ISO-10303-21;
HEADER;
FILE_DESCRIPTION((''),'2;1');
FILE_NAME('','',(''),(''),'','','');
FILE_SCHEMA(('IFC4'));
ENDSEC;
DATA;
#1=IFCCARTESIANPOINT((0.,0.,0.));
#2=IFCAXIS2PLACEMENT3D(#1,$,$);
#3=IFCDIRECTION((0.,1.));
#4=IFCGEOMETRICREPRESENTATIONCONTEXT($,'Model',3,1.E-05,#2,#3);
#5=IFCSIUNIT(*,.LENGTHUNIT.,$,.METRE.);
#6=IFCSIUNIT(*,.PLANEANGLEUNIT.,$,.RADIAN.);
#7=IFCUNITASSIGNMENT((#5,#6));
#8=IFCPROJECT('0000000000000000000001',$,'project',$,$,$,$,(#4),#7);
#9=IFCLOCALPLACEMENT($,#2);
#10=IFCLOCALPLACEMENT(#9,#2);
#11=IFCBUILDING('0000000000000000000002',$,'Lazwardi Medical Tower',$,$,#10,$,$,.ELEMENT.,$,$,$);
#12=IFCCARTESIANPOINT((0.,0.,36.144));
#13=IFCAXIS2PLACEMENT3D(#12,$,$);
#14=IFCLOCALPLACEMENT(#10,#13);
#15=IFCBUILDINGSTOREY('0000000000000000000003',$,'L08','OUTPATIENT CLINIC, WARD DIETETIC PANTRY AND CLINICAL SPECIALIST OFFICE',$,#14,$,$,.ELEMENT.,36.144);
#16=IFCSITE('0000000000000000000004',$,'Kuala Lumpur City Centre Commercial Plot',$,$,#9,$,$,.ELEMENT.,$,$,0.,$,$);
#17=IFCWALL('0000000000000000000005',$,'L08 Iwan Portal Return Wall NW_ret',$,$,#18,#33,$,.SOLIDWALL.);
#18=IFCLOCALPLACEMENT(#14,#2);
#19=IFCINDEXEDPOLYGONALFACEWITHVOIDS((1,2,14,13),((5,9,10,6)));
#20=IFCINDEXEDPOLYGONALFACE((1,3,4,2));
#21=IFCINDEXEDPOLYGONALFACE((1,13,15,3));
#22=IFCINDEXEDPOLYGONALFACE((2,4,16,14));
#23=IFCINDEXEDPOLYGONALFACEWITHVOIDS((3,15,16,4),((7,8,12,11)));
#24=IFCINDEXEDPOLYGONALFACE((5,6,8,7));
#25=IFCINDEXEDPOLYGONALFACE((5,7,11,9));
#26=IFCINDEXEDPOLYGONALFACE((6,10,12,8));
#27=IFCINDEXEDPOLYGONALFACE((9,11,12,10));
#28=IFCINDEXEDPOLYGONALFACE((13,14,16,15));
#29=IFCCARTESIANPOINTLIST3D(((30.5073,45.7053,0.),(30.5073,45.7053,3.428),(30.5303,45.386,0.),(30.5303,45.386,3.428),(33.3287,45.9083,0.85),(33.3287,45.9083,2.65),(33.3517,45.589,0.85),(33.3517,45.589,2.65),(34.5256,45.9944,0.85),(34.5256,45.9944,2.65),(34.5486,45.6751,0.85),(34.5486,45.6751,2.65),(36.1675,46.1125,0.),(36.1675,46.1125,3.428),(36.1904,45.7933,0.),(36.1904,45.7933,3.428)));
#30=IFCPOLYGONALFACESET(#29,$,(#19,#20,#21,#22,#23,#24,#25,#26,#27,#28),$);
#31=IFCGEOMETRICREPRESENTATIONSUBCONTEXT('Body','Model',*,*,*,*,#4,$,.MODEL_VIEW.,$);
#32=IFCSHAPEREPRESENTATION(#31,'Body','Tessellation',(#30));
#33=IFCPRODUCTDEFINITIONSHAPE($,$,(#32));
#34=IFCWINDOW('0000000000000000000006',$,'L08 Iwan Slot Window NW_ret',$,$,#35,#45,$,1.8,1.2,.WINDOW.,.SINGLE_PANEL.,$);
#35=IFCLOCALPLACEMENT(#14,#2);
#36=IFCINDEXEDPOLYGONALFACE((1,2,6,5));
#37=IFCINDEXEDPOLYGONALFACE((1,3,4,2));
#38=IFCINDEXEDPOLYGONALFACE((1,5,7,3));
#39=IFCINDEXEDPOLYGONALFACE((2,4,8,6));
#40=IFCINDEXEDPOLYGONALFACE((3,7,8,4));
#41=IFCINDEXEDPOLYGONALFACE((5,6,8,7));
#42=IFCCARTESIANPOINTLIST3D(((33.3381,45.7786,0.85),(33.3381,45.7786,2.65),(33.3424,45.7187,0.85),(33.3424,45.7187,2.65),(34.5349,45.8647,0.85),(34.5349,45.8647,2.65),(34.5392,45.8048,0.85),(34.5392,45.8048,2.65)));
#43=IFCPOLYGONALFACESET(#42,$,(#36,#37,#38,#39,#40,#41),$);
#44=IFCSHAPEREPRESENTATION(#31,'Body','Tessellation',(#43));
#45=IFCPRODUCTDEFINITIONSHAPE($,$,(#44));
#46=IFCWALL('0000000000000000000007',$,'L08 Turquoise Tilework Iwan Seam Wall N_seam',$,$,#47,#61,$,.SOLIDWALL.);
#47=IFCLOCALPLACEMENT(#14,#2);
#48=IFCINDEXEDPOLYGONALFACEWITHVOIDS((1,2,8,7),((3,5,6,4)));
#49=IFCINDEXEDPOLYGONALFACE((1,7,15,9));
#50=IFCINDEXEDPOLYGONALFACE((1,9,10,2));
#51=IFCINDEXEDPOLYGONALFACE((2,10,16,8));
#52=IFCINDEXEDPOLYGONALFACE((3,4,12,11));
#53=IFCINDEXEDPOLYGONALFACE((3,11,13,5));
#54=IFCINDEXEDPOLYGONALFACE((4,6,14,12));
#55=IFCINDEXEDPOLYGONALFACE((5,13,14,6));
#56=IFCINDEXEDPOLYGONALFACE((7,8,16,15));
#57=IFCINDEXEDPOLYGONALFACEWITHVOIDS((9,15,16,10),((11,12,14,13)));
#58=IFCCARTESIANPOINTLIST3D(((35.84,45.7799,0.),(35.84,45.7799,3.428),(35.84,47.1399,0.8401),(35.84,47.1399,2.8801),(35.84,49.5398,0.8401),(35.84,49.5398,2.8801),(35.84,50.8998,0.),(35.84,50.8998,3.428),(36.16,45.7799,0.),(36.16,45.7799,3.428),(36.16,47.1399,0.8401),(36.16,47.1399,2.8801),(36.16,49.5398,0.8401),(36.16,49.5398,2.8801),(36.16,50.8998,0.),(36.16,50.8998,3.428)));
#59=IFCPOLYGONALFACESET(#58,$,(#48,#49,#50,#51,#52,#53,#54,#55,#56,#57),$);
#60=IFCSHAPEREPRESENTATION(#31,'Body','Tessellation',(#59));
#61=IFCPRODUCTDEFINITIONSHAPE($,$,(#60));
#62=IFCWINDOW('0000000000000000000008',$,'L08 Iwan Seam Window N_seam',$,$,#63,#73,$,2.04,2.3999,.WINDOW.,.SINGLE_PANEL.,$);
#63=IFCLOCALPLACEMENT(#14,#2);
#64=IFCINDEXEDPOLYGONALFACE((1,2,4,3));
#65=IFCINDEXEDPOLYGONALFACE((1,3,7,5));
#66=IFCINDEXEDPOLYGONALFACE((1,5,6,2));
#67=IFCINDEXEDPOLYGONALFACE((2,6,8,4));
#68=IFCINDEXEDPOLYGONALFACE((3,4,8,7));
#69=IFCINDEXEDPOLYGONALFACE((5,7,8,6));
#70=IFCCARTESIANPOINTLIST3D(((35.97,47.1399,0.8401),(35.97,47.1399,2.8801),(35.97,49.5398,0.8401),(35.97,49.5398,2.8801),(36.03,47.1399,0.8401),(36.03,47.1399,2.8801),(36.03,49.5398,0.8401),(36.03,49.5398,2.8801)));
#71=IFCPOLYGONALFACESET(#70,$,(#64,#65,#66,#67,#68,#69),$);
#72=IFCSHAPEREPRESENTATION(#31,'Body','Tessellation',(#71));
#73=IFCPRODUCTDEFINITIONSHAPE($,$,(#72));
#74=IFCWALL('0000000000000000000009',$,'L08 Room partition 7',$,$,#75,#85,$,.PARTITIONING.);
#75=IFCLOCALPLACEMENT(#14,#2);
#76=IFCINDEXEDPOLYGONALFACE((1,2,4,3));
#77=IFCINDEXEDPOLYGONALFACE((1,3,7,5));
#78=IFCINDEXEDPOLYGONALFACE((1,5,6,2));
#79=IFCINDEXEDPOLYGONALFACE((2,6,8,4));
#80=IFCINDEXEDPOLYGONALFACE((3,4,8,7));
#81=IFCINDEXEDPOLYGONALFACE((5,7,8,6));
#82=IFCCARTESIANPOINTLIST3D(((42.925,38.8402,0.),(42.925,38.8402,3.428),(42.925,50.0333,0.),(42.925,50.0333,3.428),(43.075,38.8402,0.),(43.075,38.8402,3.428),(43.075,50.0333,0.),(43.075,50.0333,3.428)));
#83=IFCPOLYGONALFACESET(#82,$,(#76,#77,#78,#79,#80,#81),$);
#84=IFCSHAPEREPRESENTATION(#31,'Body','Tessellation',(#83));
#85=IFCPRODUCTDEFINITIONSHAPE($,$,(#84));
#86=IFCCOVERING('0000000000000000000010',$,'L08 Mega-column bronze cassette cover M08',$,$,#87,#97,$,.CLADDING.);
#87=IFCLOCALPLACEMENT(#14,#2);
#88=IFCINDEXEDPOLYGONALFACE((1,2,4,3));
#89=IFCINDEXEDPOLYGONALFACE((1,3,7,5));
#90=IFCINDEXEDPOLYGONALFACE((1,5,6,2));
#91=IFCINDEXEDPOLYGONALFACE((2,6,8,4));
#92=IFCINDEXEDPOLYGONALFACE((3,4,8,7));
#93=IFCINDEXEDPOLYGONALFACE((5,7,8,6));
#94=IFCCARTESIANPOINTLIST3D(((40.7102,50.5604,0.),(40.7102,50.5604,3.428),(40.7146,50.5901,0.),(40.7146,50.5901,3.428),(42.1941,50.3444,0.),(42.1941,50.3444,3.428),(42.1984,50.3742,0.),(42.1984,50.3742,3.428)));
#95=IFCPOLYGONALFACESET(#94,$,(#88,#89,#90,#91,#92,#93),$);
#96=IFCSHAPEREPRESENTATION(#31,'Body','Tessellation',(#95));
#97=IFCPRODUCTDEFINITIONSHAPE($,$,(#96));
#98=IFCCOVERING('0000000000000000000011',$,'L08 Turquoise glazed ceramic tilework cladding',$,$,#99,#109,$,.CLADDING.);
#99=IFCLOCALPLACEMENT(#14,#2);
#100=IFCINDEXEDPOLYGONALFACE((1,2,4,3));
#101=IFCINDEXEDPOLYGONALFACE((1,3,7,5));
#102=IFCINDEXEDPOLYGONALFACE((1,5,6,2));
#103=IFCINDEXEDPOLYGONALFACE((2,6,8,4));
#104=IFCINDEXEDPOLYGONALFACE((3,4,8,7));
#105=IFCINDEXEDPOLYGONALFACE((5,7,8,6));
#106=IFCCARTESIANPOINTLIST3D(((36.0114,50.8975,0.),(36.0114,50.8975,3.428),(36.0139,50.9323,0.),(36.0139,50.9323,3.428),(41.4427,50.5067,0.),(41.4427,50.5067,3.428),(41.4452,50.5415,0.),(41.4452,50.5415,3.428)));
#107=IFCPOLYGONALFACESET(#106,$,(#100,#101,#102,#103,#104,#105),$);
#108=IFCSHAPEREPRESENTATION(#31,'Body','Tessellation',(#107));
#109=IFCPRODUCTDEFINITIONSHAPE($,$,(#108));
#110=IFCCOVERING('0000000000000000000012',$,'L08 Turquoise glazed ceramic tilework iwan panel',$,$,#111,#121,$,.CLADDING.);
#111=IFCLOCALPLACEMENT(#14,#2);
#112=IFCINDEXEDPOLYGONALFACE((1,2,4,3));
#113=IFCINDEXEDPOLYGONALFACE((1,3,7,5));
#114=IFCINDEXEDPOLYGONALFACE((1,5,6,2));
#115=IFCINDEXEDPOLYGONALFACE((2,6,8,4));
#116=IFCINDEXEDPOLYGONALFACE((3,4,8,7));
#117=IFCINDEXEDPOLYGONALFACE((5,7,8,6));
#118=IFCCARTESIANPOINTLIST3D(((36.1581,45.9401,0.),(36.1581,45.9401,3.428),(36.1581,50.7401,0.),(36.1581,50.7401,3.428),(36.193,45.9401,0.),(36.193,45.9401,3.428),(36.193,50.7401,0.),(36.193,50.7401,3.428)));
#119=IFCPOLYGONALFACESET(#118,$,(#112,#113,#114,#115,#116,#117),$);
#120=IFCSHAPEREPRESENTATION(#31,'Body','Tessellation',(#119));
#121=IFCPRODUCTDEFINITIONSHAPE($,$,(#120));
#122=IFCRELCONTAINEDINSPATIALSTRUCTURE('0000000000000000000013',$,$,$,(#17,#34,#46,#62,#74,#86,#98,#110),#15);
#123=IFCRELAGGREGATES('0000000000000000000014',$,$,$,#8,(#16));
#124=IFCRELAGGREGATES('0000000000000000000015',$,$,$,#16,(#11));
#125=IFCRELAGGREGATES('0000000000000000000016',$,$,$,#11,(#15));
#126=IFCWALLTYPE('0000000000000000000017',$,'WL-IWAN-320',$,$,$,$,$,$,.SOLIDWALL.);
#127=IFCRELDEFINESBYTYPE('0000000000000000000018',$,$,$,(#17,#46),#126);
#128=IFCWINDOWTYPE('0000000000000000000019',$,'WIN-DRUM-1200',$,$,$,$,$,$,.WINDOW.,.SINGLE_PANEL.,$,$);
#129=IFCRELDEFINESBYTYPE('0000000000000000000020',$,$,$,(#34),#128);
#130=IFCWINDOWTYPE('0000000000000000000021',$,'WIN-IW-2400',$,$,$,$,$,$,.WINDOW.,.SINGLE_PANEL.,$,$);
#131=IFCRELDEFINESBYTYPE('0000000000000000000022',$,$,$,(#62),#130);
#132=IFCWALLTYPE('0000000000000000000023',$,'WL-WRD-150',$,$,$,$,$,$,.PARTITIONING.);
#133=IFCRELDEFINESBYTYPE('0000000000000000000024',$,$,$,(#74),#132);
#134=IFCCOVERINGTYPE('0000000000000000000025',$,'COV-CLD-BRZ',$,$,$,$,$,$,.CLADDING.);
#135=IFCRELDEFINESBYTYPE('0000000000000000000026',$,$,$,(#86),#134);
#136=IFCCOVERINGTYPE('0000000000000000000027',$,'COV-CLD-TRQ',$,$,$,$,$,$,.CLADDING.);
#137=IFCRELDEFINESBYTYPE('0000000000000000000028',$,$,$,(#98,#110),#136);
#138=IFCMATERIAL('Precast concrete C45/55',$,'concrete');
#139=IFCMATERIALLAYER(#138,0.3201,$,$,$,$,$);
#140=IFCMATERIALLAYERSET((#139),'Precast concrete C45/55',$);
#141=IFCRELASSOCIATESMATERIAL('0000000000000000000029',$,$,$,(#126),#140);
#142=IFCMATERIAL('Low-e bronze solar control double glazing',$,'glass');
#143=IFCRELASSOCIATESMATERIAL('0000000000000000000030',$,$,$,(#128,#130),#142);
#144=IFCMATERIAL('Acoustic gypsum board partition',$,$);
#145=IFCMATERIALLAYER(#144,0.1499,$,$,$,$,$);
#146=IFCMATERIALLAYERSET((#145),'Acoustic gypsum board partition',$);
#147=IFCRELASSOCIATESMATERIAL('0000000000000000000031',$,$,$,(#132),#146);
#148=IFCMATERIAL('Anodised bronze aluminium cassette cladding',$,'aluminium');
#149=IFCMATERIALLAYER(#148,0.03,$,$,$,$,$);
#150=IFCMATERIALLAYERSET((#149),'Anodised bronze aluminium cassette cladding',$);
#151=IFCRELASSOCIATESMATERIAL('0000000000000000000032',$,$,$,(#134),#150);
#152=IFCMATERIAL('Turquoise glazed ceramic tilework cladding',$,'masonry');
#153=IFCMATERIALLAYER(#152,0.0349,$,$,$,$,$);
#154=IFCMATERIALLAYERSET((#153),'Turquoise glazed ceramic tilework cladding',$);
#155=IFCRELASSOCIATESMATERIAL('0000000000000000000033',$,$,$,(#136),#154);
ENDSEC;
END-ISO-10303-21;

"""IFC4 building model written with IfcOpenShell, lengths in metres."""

from ifc_helpers import new_model, si_unit, direction, frame, frame_2d, origin, origin_2d, place, context, subcontext, project, spatial, rectangle, extrude, material, layer, layer_set, type_object, element, fill, save


model = new_model("IFC4")

# Units and contexts
model_context = context("Model", 3, precision=1e-05, world=origin(), true_north=direction((0.0, 1.0)))
body_context = subcontext(model_context, "Body", "Model", "MODEL_VIEW")
ifc_project = project(units=[si_unit("LENGTHUNIT", "METRE"), si_unit("PLANEANGLEUNIT", "RADIAN")], contexts=[model_context])

# Site, building, storey
site_placement = place(None, origin())
site = spatial("IfcSite", under=ifc_project, at=site_placement, Name="Kuala Lumpur City Centre Commercial Plot", CompositionType="ELEMENT", RefElevation=0.0)
building_placement = place(site_placement, origin())
building = spatial("IfcBuilding", under=site, at=building_placement, Name="Lazwardi Medical Tower", CompositionType="ELEMENT")
storey_placement = place(building_placement, frame((0.0, 0.0, 36.144)))
storey = spatial("IfcBuildingStorey", under=building, at=storey_placement, Name="L08", Description="OUTPATIENT CLINIC, WARD DIETETIC PANTRY AND CLINICAL SPECIALIST OFFICE", CompositionType="ELEMENT", Elevation=36.144)

# Shared definitions
ifc_material_1 = material(Name="Low-e bronze solar control double glazing", Category="glass")

# Walls, openings, windows
ifc_material_2 = material(Name="Precast concrete C45/55", Category="concrete")
ifc_layer_1 = layer(ifc_material_2, 0.3201)
ifc_layer_set_1 = layer_set([ifc_layer_1], Name="Precast concrete C45/55")
wall_type_1 = type_object("IfcWallType", Name="WL-IWAN-320", PredefinedType="SOLIDWALL", material=ifc_layer_set_1)
wall_1_placement = place(storey_placement, frame((36.179, 45.9529, 0.0), z_axis=(0.0, 0.0, 1.0), x_axis=(-0.997422, -0.071761, 0.0)))
wall_1 = element("IfcWall", 1, at=wall_1_placement, inside=storey, type_object=wall_type_1, Name="L08 Iwan Portal Return Wall NW_ret", PredefinedType="SOLIDWALL", context=body_context, shape_type="SweptSolid", body=[
    extrude(rectangle(XDim=5.6748, YDim=0.3201, at=frame_2d((2.8374, 0.0))), origin(), (0.0, 0.0, 1.0), 3.428),
])
opening_1_placement = place(wall_1_placement, frame((1.646, 0.0, 0.8501)))
opening_1 = element("IfcOpeningElement", 2, at=opening_1_placement, cuts=wall_1, PredefinedType="OPENING", context=body_context, shape_type="SweptSolid", body=[
    extrude(rectangle(XDim=1.2, YDim=1.8, at=frame_2d((0.6001, 0.8999))), frame((0.0, 0.1699, 0.0), z_axis=(0.0, -1.0, 0.0), x_axis=(1.0, 0.0, 0.0)), (0.0, 0.0, 1.0), 0.3401),
])
window_type_1 = type_object("IfcWindowType", Name="WIN-DRUM-1200", PartitioningType="SINGLE_PANEL", PredefinedType="WINDOW", material=ifc_material_1)
window_1_placement = place(opening_1_placement, origin())
window_1 = element("IfcWindow", 3, at=window_1_placement, inside=storey, type_object=window_type_1, Name="L08 Iwan Slot Window NW_ret", OverallHeight=1.8, OverallWidth=1.2, PartitioningType="SINGLE_PANEL", PredefinedType="WINDOW", context=body_context, shape_type="SweptSolid", body=[
    extrude(rectangle(XDim=1.2, YDim=1.8, at=frame_2d((0.6001, 0.8999))), frame((0.0, 0.03, 0.0), z_axis=(0.0, -1.0, 0.0), x_axis=(1.0, 0.0, 0.0)), (0.0, 0.0, 1.0), 0.0601),
])
fill(opening_1, window_1)
wall_2_placement = place(storey_placement, frame((36.0, 50.8999, 0.0), z_axis=(0.0, 0.0, 1.0), x_axis=(0.0, -1.0, 0.0)))
wall_2 = element("IfcWall", 4, at=wall_2_placement, inside=storey, type_object=wall_type_1, Name="L08 Turquoise Tilework Iwan Seam Wall N_seam", PredefinedType="SOLIDWALL", context=body_context, shape_type="SweptSolid", body=[
    extrude(rectangle(XDim=5.1199, YDim=0.3201, at=frame_2d((2.5601, 0.0))), origin(), (0.0, 0.0, 1.0), 3.428),
])
opening_2_placement = place(wall_2_placement, frame((1.3601, 0.0, 0.8401)))
opening_2 = element("IfcOpeningElement", 5, at=opening_2_placement, cuts=wall_2, PredefinedType="OPENING", context=body_context, shape_type="SweptSolid", body=[
    extrude(rectangle(XDim=2.3999, YDim=2.04, at=frame_2d((1.2, 1.02))), frame((0.0, 0.1699, 0.0), z_axis=(0.0, -1.0, 0.0), x_axis=(1.0, 0.0, 0.0)), (0.0, 0.0, 1.0), 0.3401),
])
window_type_2 = type_object("IfcWindowType", Name="WIN-IW-2400", PartitioningType="SINGLE_PANEL", PredefinedType="WINDOW", material=ifc_material_1)
window_2_placement = place(opening_2_placement, origin())
window_2 = element("IfcWindow", 6, at=window_2_placement, inside=storey, type_object=window_type_2, Name="L08 Iwan Seam Window N_seam", OverallHeight=2.04, OverallWidth=2.3999, PartitioningType="SINGLE_PANEL", PredefinedType="WINDOW", context=body_context, shape_type="SweptSolid", body=[
    extrude(rectangle(XDim=2.3999, YDim=2.04, at=frame_2d((1.2, 1.02))), frame((0.0, 0.03, 0.0), z_axis=(0.0, -1.0, 0.0), x_axis=(1.0, 0.0, 0.0)), (0.0, 0.0, 1.0), 0.0601),
])
fill(opening_2, window_2)

# Wall
ifc_material_3 = material(Name="Acoustic gypsum board partition")
ifc_layer_2 = layer(ifc_material_3, 0.1499)
ifc_layer_set_2 = layer_set([ifc_layer_2], Name="Acoustic gypsum board partition")
wall_type_2 = type_object("IfcWallType", Name="WL-WRD-150", PredefinedType="PARTITIONING", material=ifc_layer_set_2)
wall_3_placement = place(storey_placement, frame((43.0, 38.8401, 0.0), z_axis=(0.0, 0.0, 1.0), x_axis=(0.0, 1.0, 0.0)))
element("IfcWall", 7, at=wall_3_placement, inside=storey, type_object=wall_type_2, Name="L08 Room partition 7", PredefinedType="PARTITIONING", context=body_context, shape_type="SweptSolid", body=[
    extrude(rectangle(XDim=11.1931, YDim=0.1499, at=frame_2d((5.5967, 0.0))), origin(), (0.0, 0.0, 1.0), 3.428),
])

# Coverings
ifc_material_4 = material(Name="Anodised bronze aluminium cassette cladding", Category="aluminium")
ifc_layer_3 = layer(ifc_material_4, 0.03)
ifc_layer_set_3 = layer_set([ifc_layer_3], Name="Anodised bronze aluminium cassette cladding")
covering_type_1 = type_object("IfcCoveringType", Name="COV-CLD-BRZ", PredefinedType="CLADDING", material=ifc_layer_set_3)
covering_1_placement = place(storey_placement, frame((41.4543, 50.4673, 0.0), z_axis=(0.0, 0.0, 1.0), x_axis=(-0.989573, 0.144035, 0.0)))
element("IfcCovering", 8, at=covering_1_placement, inside=storey, type_object=covering_type_1, Name="L08 Mega-column bronze cassette cover M08", PredefinedType="CLADDING", context=body_context, shape_type="SweptSolid", body=[
    extrude(rectangle(XDim=1.4995, YDim=0.03, at=origin_2d()), origin(), (0.0, 0.0, 1.0), 3.428),
])
ifc_material_5 = material(Name="Turquoise glazed ceramic tilework cladding", Category="masonry")
ifc_layer_4 = layer(ifc_material_5, 0.0349)
ifc_layer_set_4 = layer_set([ifc_layer_4], Name="Turquoise glazed ceramic tilework cladding")
covering_type_2 = type_object("IfcCoveringType", Name="COV-CLD-TRQ", PredefinedType="CLADDING", material=ifc_layer_set_4)
covering_2_placement = place(storey_placement, frame((38.7283, 50.7195, 0.0), z_axis=(0.0, 0.0, 1.0), x_axis=(-0.997421, 0.071767, 0.0)))
element("IfcCovering", 9, at=covering_2_placement, inside=storey, type_object=covering_type_2, Name="L08 Turquoise glazed ceramic tilework cladding", PredefinedType="CLADDING", context=body_context, shape_type="SweptSolid", body=[
    extrude(rectangle(XDim=5.4453, YDim=0.0349, at=origin_2d()), origin(), (0.0, 0.0, 1.0), 3.428),
])
covering_3_placement = place(storey_placement, frame((36.1755, 48.3401, 0.0), z_axis=(0.0, 0.0, 1.0), x_axis=(0.0, -1.0, 0.0)))
element("IfcCovering", 10, at=covering_3_placement, inside=storey, type_object=covering_type_2, Name="L08 Turquoise glazed ceramic tilework iwan panel", PredefinedType="CLADDING", context=body_context, shape_type="SweptSolid", body=[
    extrude(rectangle(XDim=4.8, YDim=0.0349, at=origin_2d()), origin(), (0.0, 0.0, 1.0), 3.428),
])

save(model, "model.ifc")
